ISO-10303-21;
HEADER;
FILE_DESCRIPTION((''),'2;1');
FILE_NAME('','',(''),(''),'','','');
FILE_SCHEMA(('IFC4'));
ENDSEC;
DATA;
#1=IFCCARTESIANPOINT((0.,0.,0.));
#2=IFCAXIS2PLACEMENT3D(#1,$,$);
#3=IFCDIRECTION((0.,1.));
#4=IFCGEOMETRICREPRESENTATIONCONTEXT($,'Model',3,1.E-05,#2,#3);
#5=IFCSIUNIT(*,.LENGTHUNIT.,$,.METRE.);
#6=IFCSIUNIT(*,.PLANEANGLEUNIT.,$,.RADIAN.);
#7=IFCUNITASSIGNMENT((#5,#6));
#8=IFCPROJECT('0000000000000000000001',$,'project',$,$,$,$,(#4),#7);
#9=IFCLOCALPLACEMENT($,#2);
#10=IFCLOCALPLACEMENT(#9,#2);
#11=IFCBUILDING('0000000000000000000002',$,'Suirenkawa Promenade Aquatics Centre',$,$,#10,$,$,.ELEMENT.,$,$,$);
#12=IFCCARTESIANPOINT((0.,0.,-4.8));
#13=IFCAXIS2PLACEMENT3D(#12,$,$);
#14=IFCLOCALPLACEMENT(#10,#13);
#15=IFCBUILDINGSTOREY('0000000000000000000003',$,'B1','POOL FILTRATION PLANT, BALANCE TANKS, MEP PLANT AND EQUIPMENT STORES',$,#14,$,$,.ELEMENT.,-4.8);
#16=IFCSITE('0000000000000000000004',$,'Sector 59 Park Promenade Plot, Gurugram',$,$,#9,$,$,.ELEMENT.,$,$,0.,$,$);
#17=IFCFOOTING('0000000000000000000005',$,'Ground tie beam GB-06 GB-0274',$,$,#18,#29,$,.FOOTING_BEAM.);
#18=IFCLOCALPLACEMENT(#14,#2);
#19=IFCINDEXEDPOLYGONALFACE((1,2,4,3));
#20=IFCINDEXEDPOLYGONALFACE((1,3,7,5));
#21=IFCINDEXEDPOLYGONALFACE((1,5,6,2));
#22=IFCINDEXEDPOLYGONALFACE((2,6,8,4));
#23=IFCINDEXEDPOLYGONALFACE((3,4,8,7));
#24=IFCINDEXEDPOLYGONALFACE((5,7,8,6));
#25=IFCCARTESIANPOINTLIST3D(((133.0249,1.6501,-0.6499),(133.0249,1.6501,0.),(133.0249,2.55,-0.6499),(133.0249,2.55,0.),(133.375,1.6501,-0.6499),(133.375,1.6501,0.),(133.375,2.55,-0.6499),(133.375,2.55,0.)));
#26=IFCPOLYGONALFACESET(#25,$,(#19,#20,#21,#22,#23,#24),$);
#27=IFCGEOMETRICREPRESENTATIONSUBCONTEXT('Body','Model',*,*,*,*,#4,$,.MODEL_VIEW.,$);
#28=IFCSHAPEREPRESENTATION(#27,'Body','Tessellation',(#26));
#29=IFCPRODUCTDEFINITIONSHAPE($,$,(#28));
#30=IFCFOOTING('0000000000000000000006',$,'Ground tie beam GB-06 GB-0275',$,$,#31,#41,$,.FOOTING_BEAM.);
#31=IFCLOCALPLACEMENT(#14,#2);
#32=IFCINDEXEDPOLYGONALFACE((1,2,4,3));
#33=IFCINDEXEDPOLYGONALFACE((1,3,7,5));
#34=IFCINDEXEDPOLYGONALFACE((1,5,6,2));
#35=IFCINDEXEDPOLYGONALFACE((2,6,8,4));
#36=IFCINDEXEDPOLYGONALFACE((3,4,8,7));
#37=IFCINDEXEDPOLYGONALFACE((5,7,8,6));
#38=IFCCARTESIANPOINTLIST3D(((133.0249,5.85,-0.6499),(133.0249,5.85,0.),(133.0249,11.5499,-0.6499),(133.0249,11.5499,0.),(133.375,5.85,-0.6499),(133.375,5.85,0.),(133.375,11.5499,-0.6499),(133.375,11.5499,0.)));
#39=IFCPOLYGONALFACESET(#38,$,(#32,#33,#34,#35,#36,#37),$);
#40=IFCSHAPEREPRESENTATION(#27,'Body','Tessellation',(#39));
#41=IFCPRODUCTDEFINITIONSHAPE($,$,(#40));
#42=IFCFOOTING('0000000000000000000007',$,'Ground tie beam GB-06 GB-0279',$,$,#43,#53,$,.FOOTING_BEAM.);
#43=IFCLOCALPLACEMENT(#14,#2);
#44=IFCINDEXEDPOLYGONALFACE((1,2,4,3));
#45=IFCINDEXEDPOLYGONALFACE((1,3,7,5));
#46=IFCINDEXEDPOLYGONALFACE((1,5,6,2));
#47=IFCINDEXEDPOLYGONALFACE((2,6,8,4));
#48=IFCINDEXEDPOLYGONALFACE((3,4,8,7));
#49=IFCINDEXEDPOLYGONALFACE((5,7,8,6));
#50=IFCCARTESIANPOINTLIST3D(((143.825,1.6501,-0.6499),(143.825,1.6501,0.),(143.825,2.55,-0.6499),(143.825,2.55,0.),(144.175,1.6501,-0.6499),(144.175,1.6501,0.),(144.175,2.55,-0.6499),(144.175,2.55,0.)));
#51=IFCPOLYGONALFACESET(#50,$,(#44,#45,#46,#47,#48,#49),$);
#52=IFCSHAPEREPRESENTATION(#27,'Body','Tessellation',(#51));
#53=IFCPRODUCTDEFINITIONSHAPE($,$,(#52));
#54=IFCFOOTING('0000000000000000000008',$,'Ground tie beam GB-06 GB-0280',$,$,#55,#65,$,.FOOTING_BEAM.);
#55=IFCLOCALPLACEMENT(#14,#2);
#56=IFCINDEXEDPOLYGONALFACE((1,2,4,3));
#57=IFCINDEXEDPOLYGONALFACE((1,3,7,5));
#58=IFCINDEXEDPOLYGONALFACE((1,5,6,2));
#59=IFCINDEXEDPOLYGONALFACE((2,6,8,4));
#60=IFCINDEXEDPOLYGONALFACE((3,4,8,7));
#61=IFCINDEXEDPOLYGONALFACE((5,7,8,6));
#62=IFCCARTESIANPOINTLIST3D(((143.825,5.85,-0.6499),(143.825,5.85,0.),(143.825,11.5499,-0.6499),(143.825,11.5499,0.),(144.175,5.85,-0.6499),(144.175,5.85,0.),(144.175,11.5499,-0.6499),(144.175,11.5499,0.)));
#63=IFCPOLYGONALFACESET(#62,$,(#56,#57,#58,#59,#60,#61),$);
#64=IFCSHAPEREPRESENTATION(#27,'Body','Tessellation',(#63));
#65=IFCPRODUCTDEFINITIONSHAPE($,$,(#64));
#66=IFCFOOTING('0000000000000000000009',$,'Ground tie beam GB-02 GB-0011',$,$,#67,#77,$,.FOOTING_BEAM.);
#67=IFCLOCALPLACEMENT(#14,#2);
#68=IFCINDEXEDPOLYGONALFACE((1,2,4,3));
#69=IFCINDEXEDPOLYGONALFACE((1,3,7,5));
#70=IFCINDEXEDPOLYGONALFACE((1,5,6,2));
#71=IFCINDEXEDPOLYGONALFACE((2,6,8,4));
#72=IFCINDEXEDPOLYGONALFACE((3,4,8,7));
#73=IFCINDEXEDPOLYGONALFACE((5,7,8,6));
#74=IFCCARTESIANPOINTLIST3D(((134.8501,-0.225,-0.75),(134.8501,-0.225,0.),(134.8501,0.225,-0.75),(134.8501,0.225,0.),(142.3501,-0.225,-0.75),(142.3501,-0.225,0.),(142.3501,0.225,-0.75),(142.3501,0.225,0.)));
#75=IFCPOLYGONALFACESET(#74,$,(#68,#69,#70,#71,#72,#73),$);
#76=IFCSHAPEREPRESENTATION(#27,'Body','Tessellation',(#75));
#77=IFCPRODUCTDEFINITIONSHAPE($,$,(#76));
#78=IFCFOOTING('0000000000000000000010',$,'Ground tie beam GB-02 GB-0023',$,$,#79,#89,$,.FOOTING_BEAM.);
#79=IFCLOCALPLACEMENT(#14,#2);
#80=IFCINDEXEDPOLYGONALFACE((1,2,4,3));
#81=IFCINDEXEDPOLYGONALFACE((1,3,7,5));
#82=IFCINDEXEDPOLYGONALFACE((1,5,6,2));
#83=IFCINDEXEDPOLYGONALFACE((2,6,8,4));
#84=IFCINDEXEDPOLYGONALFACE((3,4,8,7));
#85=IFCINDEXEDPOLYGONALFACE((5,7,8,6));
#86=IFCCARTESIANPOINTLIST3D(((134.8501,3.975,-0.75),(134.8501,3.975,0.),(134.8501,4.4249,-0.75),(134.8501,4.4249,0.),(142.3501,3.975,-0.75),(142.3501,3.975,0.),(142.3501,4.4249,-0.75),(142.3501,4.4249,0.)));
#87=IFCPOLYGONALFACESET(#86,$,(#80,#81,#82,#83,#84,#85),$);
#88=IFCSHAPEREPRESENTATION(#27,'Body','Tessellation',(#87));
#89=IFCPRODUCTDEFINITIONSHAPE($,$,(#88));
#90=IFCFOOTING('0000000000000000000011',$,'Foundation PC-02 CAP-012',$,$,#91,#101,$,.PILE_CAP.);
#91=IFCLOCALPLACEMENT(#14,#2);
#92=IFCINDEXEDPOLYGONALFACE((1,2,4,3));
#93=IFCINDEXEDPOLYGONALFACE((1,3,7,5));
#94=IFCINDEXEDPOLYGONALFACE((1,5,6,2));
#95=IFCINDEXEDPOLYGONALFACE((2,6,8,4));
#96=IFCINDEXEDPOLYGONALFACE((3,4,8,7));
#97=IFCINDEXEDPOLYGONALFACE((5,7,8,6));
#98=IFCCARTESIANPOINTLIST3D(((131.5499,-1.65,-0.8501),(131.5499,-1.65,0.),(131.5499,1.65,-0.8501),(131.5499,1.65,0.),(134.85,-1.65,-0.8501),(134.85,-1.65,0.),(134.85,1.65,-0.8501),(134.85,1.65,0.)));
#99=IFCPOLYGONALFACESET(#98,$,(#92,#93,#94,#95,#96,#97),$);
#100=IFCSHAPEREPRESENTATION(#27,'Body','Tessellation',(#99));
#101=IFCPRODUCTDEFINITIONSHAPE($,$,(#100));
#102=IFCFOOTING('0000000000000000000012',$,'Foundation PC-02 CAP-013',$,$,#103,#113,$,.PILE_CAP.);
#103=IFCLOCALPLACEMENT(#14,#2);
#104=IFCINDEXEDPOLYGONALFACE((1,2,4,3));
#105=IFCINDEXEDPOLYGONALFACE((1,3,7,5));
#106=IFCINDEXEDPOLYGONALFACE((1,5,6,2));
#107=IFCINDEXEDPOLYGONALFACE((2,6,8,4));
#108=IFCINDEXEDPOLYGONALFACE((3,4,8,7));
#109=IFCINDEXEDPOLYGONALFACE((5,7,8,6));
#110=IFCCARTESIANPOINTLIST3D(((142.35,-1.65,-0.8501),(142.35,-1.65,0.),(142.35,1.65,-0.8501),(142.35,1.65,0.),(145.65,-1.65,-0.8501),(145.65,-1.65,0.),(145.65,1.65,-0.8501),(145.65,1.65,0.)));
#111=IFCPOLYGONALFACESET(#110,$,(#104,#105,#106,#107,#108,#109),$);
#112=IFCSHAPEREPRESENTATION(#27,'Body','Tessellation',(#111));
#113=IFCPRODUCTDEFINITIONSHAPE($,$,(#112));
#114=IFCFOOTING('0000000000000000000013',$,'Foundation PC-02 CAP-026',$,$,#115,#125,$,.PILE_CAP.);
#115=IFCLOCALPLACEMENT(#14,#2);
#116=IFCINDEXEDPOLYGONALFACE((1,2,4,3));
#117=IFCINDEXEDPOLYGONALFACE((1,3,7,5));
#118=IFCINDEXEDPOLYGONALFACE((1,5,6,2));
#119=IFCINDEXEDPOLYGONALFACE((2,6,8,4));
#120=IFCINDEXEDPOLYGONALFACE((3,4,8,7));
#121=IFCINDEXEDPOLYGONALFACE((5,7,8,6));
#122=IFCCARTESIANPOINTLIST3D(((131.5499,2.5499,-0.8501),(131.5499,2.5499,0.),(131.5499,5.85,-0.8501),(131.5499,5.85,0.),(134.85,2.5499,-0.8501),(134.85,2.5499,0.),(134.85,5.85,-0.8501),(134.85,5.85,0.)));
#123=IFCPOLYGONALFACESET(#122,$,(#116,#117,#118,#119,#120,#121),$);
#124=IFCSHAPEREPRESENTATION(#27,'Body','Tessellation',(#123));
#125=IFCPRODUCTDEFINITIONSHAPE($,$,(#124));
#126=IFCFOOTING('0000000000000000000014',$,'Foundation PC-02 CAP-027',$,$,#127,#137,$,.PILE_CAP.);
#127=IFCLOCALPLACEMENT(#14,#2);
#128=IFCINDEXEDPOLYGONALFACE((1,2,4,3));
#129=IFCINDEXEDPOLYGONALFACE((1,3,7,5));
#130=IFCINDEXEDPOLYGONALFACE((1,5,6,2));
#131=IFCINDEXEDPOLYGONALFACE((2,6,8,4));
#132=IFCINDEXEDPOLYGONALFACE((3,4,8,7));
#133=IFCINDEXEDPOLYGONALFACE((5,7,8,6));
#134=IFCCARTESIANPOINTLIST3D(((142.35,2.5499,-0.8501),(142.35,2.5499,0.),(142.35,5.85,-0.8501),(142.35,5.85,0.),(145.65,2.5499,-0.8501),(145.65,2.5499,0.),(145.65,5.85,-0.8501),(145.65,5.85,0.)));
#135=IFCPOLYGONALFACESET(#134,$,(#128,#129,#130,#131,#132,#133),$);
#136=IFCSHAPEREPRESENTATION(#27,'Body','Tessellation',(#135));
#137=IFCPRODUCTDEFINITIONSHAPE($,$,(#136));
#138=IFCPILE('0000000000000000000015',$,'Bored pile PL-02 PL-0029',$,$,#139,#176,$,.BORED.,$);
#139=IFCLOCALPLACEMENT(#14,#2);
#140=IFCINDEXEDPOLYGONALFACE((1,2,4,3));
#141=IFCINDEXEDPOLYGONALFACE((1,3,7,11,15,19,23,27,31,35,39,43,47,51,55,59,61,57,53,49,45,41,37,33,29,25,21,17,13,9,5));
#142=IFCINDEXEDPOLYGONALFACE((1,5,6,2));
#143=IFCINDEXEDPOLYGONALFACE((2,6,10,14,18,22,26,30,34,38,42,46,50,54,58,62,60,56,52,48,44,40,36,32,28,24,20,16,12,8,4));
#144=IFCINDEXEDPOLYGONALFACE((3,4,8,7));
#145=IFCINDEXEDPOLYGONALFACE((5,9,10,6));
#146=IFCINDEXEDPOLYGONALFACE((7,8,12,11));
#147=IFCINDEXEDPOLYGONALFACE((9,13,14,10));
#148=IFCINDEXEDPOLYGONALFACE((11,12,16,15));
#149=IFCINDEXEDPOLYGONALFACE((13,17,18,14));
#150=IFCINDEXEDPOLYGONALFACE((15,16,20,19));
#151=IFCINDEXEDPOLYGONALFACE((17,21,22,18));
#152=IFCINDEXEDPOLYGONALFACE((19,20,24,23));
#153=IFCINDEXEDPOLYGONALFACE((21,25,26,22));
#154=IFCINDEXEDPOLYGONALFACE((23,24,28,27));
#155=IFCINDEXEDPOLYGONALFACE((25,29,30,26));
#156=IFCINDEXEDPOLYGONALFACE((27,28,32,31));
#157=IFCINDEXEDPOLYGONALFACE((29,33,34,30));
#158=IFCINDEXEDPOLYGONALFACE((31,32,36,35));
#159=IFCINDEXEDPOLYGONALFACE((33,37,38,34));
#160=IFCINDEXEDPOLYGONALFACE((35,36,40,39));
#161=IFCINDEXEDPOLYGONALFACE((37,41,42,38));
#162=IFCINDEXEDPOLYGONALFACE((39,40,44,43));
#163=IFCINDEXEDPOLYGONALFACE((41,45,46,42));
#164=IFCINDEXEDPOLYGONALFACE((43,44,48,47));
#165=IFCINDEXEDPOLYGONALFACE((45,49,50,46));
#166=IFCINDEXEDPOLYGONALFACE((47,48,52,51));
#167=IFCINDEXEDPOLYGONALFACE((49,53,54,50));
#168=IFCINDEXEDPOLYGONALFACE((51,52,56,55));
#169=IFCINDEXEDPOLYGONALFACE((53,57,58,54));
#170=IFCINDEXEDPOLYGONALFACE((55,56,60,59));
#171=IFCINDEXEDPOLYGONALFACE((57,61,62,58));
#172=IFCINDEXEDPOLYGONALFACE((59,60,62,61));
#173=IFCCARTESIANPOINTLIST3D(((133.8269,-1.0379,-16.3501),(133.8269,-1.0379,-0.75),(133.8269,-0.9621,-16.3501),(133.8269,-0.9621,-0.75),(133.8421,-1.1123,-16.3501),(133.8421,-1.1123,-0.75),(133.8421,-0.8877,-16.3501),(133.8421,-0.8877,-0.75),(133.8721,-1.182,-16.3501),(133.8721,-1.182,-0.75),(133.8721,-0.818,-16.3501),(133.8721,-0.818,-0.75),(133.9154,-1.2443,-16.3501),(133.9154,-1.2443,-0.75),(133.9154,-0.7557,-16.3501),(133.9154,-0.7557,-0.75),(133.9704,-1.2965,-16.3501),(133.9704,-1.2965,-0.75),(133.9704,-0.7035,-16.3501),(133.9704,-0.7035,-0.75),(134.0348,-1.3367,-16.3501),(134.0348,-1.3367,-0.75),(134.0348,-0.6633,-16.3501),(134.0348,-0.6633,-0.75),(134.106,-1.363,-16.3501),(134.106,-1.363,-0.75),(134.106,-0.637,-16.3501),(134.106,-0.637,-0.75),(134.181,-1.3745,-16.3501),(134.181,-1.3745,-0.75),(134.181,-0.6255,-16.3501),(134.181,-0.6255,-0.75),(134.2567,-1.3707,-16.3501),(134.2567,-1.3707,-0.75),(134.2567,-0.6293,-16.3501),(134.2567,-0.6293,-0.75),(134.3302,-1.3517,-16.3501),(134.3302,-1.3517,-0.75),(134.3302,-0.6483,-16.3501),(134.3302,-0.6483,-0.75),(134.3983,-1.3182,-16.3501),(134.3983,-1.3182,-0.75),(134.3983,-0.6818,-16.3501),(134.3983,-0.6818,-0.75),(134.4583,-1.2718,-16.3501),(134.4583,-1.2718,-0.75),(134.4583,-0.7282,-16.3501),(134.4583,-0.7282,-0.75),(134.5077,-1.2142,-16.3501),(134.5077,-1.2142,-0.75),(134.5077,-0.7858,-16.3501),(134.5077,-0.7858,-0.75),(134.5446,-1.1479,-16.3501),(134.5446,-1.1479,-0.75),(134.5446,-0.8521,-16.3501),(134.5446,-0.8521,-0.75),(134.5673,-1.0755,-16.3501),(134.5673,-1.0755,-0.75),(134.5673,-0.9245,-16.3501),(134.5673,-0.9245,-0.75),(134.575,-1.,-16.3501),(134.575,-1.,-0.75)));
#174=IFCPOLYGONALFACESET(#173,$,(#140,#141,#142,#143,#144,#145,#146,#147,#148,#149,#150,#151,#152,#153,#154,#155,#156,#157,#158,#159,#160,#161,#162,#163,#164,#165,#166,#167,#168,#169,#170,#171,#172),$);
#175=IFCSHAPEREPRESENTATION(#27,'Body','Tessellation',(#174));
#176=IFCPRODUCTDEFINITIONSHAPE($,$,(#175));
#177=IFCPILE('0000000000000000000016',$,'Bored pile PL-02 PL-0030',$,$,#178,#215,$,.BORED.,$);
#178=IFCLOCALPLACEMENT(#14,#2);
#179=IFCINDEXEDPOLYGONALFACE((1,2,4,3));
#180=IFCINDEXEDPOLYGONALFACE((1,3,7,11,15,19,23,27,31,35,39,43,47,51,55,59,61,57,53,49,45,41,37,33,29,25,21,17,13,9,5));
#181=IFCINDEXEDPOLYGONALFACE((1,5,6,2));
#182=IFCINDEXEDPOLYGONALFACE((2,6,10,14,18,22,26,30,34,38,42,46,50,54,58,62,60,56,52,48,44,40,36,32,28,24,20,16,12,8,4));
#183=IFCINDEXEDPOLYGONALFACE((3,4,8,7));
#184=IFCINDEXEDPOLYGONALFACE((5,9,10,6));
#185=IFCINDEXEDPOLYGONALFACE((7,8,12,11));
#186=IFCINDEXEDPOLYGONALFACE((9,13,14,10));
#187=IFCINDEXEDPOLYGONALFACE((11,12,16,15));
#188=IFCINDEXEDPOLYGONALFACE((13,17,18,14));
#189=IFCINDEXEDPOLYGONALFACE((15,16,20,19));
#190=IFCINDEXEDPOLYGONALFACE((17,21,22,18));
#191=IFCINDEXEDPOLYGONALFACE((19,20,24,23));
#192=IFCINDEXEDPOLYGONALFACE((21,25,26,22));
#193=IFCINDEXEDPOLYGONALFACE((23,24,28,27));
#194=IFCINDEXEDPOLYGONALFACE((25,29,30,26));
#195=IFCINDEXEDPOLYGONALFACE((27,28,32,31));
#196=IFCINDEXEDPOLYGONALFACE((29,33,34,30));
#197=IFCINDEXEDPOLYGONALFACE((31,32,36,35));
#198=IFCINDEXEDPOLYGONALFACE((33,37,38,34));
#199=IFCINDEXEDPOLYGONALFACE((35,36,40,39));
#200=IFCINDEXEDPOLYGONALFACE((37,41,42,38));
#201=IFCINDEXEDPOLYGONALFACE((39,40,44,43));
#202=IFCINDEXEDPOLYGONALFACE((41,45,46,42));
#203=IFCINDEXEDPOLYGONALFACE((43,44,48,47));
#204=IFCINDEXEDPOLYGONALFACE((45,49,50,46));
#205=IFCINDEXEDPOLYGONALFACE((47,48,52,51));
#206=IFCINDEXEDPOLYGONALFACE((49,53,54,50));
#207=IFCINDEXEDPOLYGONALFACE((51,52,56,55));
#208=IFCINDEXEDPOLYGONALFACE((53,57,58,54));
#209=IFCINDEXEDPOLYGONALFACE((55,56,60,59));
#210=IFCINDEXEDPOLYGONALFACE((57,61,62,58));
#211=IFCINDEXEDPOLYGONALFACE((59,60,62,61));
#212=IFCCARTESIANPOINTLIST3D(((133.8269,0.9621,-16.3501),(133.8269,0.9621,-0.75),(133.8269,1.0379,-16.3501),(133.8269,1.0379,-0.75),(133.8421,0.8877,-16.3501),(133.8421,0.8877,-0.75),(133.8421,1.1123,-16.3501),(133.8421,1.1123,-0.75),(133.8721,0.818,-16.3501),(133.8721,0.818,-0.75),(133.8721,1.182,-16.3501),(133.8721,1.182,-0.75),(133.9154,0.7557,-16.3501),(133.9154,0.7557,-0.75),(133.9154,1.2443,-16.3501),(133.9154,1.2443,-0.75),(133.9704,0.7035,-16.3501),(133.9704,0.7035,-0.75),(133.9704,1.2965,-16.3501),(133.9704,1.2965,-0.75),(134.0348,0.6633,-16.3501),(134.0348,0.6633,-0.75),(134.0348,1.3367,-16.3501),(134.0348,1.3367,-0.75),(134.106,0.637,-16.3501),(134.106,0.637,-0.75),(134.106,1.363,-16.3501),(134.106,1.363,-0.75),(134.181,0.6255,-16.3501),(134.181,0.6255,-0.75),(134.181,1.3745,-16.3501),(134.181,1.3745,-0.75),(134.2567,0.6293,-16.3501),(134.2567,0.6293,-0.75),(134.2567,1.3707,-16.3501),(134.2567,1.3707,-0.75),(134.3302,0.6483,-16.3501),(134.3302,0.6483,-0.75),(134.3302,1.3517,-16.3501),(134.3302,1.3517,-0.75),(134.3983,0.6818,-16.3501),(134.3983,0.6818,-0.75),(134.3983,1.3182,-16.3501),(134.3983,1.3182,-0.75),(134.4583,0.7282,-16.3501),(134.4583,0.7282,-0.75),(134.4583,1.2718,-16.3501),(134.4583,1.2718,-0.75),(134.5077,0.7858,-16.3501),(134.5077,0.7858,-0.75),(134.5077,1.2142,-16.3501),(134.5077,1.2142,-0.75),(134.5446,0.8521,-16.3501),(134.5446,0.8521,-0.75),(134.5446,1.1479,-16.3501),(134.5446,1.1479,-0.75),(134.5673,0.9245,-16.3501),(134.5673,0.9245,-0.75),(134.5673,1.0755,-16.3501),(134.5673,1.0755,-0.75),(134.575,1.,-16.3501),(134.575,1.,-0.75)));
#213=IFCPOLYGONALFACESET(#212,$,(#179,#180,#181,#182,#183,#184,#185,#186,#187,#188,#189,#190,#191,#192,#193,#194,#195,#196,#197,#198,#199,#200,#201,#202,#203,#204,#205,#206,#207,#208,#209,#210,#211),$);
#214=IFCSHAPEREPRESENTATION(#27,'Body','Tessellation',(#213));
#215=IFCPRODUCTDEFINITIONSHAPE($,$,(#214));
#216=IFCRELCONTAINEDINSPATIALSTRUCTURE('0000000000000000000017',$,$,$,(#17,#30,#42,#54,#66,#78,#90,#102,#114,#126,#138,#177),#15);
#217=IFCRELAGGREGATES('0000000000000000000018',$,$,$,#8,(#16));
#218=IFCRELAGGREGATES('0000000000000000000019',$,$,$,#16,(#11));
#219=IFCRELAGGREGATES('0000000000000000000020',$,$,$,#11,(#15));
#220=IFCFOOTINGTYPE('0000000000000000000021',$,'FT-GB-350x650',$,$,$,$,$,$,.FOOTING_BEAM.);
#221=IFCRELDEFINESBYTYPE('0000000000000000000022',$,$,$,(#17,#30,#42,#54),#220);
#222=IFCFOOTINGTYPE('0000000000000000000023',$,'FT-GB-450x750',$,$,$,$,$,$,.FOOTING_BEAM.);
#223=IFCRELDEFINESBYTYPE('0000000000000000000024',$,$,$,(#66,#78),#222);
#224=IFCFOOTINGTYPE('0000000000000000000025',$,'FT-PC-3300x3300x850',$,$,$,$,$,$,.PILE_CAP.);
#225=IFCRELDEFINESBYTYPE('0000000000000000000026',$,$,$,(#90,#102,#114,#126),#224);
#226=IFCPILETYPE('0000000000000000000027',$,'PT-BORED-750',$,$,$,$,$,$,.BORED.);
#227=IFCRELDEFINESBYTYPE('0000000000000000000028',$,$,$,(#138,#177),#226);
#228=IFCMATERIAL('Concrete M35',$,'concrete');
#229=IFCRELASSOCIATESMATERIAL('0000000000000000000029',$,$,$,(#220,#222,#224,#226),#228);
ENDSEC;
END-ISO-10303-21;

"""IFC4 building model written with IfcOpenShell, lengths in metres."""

from ifc_helpers import new_model, si_unit, direction, frame, origin, origin_2d, place, context, subcontext, project, spatial, rectangle, circle, extrude, material, material_profile, profile_set, type_object, element, save


model = new_model("IFC4")

# Units and contexts
model_context = context("Model", 3, precision=1e-05, world=origin(), true_north=direction((0.0, 1.0)))
body_context = subcontext(model_context, "Body", "Model", "MODEL_VIEW")
ifc_project = project(units=[si_unit("LENGTHUNIT", "METRE"), si_unit("PLANEANGLEUNIT", "RADIAN")], contexts=[model_context])

# Site, building, storey
site_placement = place(None, origin())
site = spatial("IfcSite", under=ifc_project, at=site_placement, Name="Sector 59 Park Promenade Plot, Gurugram", CompositionType="ELEMENT", RefElevation=0.0)
building_placement = place(site_placement, origin())
building = spatial("IfcBuilding", under=site, at=building_placement, Name="Suirenkawa Promenade Aquatics Centre", CompositionType="ELEMENT")
storey_placement = place(building_placement, frame((0.0, 0.0, -4.8)))
storey = spatial("IfcBuildingStorey", under=building, at=storey_placement, Name="B1", Description="POOL FILTRATION PLANT, BALANCE TANKS, MEP PLANT AND EQUIPMENT STORES", CompositionType="ELEMENT", Elevation=-4.8)

# Footings
ifc_material_1 = material(Name="Concrete M35", Category="concrete")
footing_type_1 = type_object("IfcFootingType", Name="FT-GB-350x650", PredefinedType="FOOTING_BEAM", material=ifc_material_1)
footing_1_placement = place(storey_placement, frame((133.2, 2.1001, -0.6499), z_axis=(0.0, 0.0, 1.0), x_axis=(0.0, 1.0, 0.0)))
element("IfcFooting", 1, at=footing_1_placement, inside=storey, type_object=footing_type_1, Name="Ground tie beam GB-06 GB-0274", PredefinedType="FOOTING_BEAM", context=body_context, shape_type="SweptSolid", body=[
    extrude(rectangle(XDim=0.8999, YDim=0.3501, at=origin_2d()), origin(), (0.0, 0.0, 1.0), 0.6499),
])
footing_2_placement = place(storey_placement, frame((133.2, 8.7, -0.6499), z_axis=(0.0, 0.0, 1.0), x_axis=(0.0, 1.0, 0.0)))
element("IfcFooting", 2, at=footing_2_placement, inside=storey, type_object=footing_type_1, Name="Ground tie beam GB-06 GB-0275", PredefinedType="FOOTING_BEAM", context=body_context, shape_type="SweptSolid", body=[
    extrude(rectangle(XDim=5.7, YDim=0.3501, at=origin_2d()), origin(), (0.0, 0.0, 1.0), 0.6499),
])
footing_3_placement = place(storey_placement, frame((144.0, 2.1001, -0.6499), z_axis=(0.0, 0.0, 1.0), x_axis=(0.0, 1.0, 0.0)))
element("IfcFooting", 3, at=footing_3_placement, inside=storey, type_object=footing_type_1, Name="Ground tie beam GB-06 GB-0279", PredefinedType="FOOTING_BEAM", context=body_context, shape_type="SweptSolid", body=[
    extrude(rectangle(XDim=0.8999, YDim=0.3501, at=origin_2d()), origin(), (0.0, 0.0, 1.0), 0.6499),
])
footing_4_placement = place(storey_placement, frame((144.0, 8.7, -0.6499), z_axis=(0.0, 0.0, 1.0), x_axis=(0.0, 1.0, 0.0)))
element("IfcFooting", 4, at=footing_4_placement, inside=storey, type_object=footing_type_1, Name="Ground tie beam GB-06 GB-0280", PredefinedType="FOOTING_BEAM", context=body_context, shape_type="SweptSolid", body=[
    extrude(rectangle(XDim=5.7, YDim=0.3501, at=origin_2d()), origin(), (0.0, 0.0, 1.0), 0.6499),
])
footing_type_2 = type_object("IfcFootingType", Name="FT-GB-450x750", PredefinedType="FOOTING_BEAM", material=ifc_material_1)
for number, where, z_axis, x_axis, name in (
    (5, (138.6001, 0.0, -0.75), (0.0, 0.0, 1.0), (1.0, 0.0, 0.0), "Ground tie beam GB-02 GB-0011"),
    (6, (138.6001, 4.2, -0.75), (0.0, 0.0, 1.0), (1.0, 0.0, 0.0), "Ground tie beam GB-02 GB-0023"),
):
    element("IfcFooting", number, at=place(storey_placement, frame(where, z_axis=z_axis, x_axis=x_axis)), inside=storey, type_object=footing_type_2, Name=name, PredefinedType="FOOTING_BEAM", context=body_context, shape_type="SweptSolid", body=[
        extrude(rectangle(XDim=7.5, YDim=0.45, at=origin_2d()), origin(), (0.0, 0.0, 1.0), 0.75),
    ])
footing_type_3 = type_object("IfcFootingType", Name="FT-PC-3300x3300x850", PredefinedType="PILE_CAP", material=ifc_material_1)
for number, where, z_axis, x_axis, name in (
    (7, (133.2, 0.0, -0.8501), (0.0, 0.0, 1.0), (1.0, 0.0, 0.0), "Foundation PC-02 CAP-012"),
    (8, (144.0, 0.0, -0.8501), (0.0, 0.0, 1.0), (1.0, 0.0, 0.0), "Foundation PC-02 CAP-013"),
    (9, (133.2, 4.2, -0.8501), (0.0, 0.0, 1.0), (1.0, 0.0, 0.0), "Foundation PC-02 CAP-026"),
    (10, (144.0, 4.2, -0.8501), (0.0, 0.0, 1.0), (1.0, 0.0, 0.0), "Foundation PC-02 CAP-027"),
):
    element("IfcFooting", number, at=place(storey_placement, frame(where, z_axis=z_axis, x_axis=x_axis)), inside=storey, type_object=footing_type_3, Name=name, PredefinedType="PILE_CAP", context=body_context, shape_type="SweptSolid", body=[
        extrude(rectangle(XDim=3.3, YDim=3.3, at=origin_2d()), origin(), (0.0, 0.0, 1.0), 0.8501),
    ])

# Piles
ifc_material_profile_1 = material_profile(ifc_material_1, circle(Radius=0.375, at=origin_2d()), Name="PILE D750", Category="concrete")
ifc_profile_set_1 = profile_set([ifc_material_profile_1], Name="Concrete M35")
pile_type = type_object("IfcPileType", Name="PT-BORED-750", PredefinedType="BORED", material=ifc_profile_set_1)
for number, where, z_axis, x_axis, name in (
    (11, (134.2, -1.0, -0.75), (0.0, 0.0, -1.0), (1.0, 0.0, 0.0), "Bored pile PL-02 PL-0029"),
    (12, (134.2, 1.0, -0.75), (0.0, 0.0, -1.0), (1.0, 0.0, 0.0), "Bored pile PL-02 PL-0030"),
):
    element("IfcPile", number, at=place(storey_placement, frame(where, z_axis=z_axis, x_axis=x_axis)), inside=storey, type_object=pile_type, Name=name, PredefinedType="BORED", context=body_context, shape_type="SweptSolid", body=[
        extrude(circle(Radius=0.375, at=origin_2d()), origin(), (0.0, 0.0, 1.0), 15.6001),
    ])

save(model, "model.ifc")
